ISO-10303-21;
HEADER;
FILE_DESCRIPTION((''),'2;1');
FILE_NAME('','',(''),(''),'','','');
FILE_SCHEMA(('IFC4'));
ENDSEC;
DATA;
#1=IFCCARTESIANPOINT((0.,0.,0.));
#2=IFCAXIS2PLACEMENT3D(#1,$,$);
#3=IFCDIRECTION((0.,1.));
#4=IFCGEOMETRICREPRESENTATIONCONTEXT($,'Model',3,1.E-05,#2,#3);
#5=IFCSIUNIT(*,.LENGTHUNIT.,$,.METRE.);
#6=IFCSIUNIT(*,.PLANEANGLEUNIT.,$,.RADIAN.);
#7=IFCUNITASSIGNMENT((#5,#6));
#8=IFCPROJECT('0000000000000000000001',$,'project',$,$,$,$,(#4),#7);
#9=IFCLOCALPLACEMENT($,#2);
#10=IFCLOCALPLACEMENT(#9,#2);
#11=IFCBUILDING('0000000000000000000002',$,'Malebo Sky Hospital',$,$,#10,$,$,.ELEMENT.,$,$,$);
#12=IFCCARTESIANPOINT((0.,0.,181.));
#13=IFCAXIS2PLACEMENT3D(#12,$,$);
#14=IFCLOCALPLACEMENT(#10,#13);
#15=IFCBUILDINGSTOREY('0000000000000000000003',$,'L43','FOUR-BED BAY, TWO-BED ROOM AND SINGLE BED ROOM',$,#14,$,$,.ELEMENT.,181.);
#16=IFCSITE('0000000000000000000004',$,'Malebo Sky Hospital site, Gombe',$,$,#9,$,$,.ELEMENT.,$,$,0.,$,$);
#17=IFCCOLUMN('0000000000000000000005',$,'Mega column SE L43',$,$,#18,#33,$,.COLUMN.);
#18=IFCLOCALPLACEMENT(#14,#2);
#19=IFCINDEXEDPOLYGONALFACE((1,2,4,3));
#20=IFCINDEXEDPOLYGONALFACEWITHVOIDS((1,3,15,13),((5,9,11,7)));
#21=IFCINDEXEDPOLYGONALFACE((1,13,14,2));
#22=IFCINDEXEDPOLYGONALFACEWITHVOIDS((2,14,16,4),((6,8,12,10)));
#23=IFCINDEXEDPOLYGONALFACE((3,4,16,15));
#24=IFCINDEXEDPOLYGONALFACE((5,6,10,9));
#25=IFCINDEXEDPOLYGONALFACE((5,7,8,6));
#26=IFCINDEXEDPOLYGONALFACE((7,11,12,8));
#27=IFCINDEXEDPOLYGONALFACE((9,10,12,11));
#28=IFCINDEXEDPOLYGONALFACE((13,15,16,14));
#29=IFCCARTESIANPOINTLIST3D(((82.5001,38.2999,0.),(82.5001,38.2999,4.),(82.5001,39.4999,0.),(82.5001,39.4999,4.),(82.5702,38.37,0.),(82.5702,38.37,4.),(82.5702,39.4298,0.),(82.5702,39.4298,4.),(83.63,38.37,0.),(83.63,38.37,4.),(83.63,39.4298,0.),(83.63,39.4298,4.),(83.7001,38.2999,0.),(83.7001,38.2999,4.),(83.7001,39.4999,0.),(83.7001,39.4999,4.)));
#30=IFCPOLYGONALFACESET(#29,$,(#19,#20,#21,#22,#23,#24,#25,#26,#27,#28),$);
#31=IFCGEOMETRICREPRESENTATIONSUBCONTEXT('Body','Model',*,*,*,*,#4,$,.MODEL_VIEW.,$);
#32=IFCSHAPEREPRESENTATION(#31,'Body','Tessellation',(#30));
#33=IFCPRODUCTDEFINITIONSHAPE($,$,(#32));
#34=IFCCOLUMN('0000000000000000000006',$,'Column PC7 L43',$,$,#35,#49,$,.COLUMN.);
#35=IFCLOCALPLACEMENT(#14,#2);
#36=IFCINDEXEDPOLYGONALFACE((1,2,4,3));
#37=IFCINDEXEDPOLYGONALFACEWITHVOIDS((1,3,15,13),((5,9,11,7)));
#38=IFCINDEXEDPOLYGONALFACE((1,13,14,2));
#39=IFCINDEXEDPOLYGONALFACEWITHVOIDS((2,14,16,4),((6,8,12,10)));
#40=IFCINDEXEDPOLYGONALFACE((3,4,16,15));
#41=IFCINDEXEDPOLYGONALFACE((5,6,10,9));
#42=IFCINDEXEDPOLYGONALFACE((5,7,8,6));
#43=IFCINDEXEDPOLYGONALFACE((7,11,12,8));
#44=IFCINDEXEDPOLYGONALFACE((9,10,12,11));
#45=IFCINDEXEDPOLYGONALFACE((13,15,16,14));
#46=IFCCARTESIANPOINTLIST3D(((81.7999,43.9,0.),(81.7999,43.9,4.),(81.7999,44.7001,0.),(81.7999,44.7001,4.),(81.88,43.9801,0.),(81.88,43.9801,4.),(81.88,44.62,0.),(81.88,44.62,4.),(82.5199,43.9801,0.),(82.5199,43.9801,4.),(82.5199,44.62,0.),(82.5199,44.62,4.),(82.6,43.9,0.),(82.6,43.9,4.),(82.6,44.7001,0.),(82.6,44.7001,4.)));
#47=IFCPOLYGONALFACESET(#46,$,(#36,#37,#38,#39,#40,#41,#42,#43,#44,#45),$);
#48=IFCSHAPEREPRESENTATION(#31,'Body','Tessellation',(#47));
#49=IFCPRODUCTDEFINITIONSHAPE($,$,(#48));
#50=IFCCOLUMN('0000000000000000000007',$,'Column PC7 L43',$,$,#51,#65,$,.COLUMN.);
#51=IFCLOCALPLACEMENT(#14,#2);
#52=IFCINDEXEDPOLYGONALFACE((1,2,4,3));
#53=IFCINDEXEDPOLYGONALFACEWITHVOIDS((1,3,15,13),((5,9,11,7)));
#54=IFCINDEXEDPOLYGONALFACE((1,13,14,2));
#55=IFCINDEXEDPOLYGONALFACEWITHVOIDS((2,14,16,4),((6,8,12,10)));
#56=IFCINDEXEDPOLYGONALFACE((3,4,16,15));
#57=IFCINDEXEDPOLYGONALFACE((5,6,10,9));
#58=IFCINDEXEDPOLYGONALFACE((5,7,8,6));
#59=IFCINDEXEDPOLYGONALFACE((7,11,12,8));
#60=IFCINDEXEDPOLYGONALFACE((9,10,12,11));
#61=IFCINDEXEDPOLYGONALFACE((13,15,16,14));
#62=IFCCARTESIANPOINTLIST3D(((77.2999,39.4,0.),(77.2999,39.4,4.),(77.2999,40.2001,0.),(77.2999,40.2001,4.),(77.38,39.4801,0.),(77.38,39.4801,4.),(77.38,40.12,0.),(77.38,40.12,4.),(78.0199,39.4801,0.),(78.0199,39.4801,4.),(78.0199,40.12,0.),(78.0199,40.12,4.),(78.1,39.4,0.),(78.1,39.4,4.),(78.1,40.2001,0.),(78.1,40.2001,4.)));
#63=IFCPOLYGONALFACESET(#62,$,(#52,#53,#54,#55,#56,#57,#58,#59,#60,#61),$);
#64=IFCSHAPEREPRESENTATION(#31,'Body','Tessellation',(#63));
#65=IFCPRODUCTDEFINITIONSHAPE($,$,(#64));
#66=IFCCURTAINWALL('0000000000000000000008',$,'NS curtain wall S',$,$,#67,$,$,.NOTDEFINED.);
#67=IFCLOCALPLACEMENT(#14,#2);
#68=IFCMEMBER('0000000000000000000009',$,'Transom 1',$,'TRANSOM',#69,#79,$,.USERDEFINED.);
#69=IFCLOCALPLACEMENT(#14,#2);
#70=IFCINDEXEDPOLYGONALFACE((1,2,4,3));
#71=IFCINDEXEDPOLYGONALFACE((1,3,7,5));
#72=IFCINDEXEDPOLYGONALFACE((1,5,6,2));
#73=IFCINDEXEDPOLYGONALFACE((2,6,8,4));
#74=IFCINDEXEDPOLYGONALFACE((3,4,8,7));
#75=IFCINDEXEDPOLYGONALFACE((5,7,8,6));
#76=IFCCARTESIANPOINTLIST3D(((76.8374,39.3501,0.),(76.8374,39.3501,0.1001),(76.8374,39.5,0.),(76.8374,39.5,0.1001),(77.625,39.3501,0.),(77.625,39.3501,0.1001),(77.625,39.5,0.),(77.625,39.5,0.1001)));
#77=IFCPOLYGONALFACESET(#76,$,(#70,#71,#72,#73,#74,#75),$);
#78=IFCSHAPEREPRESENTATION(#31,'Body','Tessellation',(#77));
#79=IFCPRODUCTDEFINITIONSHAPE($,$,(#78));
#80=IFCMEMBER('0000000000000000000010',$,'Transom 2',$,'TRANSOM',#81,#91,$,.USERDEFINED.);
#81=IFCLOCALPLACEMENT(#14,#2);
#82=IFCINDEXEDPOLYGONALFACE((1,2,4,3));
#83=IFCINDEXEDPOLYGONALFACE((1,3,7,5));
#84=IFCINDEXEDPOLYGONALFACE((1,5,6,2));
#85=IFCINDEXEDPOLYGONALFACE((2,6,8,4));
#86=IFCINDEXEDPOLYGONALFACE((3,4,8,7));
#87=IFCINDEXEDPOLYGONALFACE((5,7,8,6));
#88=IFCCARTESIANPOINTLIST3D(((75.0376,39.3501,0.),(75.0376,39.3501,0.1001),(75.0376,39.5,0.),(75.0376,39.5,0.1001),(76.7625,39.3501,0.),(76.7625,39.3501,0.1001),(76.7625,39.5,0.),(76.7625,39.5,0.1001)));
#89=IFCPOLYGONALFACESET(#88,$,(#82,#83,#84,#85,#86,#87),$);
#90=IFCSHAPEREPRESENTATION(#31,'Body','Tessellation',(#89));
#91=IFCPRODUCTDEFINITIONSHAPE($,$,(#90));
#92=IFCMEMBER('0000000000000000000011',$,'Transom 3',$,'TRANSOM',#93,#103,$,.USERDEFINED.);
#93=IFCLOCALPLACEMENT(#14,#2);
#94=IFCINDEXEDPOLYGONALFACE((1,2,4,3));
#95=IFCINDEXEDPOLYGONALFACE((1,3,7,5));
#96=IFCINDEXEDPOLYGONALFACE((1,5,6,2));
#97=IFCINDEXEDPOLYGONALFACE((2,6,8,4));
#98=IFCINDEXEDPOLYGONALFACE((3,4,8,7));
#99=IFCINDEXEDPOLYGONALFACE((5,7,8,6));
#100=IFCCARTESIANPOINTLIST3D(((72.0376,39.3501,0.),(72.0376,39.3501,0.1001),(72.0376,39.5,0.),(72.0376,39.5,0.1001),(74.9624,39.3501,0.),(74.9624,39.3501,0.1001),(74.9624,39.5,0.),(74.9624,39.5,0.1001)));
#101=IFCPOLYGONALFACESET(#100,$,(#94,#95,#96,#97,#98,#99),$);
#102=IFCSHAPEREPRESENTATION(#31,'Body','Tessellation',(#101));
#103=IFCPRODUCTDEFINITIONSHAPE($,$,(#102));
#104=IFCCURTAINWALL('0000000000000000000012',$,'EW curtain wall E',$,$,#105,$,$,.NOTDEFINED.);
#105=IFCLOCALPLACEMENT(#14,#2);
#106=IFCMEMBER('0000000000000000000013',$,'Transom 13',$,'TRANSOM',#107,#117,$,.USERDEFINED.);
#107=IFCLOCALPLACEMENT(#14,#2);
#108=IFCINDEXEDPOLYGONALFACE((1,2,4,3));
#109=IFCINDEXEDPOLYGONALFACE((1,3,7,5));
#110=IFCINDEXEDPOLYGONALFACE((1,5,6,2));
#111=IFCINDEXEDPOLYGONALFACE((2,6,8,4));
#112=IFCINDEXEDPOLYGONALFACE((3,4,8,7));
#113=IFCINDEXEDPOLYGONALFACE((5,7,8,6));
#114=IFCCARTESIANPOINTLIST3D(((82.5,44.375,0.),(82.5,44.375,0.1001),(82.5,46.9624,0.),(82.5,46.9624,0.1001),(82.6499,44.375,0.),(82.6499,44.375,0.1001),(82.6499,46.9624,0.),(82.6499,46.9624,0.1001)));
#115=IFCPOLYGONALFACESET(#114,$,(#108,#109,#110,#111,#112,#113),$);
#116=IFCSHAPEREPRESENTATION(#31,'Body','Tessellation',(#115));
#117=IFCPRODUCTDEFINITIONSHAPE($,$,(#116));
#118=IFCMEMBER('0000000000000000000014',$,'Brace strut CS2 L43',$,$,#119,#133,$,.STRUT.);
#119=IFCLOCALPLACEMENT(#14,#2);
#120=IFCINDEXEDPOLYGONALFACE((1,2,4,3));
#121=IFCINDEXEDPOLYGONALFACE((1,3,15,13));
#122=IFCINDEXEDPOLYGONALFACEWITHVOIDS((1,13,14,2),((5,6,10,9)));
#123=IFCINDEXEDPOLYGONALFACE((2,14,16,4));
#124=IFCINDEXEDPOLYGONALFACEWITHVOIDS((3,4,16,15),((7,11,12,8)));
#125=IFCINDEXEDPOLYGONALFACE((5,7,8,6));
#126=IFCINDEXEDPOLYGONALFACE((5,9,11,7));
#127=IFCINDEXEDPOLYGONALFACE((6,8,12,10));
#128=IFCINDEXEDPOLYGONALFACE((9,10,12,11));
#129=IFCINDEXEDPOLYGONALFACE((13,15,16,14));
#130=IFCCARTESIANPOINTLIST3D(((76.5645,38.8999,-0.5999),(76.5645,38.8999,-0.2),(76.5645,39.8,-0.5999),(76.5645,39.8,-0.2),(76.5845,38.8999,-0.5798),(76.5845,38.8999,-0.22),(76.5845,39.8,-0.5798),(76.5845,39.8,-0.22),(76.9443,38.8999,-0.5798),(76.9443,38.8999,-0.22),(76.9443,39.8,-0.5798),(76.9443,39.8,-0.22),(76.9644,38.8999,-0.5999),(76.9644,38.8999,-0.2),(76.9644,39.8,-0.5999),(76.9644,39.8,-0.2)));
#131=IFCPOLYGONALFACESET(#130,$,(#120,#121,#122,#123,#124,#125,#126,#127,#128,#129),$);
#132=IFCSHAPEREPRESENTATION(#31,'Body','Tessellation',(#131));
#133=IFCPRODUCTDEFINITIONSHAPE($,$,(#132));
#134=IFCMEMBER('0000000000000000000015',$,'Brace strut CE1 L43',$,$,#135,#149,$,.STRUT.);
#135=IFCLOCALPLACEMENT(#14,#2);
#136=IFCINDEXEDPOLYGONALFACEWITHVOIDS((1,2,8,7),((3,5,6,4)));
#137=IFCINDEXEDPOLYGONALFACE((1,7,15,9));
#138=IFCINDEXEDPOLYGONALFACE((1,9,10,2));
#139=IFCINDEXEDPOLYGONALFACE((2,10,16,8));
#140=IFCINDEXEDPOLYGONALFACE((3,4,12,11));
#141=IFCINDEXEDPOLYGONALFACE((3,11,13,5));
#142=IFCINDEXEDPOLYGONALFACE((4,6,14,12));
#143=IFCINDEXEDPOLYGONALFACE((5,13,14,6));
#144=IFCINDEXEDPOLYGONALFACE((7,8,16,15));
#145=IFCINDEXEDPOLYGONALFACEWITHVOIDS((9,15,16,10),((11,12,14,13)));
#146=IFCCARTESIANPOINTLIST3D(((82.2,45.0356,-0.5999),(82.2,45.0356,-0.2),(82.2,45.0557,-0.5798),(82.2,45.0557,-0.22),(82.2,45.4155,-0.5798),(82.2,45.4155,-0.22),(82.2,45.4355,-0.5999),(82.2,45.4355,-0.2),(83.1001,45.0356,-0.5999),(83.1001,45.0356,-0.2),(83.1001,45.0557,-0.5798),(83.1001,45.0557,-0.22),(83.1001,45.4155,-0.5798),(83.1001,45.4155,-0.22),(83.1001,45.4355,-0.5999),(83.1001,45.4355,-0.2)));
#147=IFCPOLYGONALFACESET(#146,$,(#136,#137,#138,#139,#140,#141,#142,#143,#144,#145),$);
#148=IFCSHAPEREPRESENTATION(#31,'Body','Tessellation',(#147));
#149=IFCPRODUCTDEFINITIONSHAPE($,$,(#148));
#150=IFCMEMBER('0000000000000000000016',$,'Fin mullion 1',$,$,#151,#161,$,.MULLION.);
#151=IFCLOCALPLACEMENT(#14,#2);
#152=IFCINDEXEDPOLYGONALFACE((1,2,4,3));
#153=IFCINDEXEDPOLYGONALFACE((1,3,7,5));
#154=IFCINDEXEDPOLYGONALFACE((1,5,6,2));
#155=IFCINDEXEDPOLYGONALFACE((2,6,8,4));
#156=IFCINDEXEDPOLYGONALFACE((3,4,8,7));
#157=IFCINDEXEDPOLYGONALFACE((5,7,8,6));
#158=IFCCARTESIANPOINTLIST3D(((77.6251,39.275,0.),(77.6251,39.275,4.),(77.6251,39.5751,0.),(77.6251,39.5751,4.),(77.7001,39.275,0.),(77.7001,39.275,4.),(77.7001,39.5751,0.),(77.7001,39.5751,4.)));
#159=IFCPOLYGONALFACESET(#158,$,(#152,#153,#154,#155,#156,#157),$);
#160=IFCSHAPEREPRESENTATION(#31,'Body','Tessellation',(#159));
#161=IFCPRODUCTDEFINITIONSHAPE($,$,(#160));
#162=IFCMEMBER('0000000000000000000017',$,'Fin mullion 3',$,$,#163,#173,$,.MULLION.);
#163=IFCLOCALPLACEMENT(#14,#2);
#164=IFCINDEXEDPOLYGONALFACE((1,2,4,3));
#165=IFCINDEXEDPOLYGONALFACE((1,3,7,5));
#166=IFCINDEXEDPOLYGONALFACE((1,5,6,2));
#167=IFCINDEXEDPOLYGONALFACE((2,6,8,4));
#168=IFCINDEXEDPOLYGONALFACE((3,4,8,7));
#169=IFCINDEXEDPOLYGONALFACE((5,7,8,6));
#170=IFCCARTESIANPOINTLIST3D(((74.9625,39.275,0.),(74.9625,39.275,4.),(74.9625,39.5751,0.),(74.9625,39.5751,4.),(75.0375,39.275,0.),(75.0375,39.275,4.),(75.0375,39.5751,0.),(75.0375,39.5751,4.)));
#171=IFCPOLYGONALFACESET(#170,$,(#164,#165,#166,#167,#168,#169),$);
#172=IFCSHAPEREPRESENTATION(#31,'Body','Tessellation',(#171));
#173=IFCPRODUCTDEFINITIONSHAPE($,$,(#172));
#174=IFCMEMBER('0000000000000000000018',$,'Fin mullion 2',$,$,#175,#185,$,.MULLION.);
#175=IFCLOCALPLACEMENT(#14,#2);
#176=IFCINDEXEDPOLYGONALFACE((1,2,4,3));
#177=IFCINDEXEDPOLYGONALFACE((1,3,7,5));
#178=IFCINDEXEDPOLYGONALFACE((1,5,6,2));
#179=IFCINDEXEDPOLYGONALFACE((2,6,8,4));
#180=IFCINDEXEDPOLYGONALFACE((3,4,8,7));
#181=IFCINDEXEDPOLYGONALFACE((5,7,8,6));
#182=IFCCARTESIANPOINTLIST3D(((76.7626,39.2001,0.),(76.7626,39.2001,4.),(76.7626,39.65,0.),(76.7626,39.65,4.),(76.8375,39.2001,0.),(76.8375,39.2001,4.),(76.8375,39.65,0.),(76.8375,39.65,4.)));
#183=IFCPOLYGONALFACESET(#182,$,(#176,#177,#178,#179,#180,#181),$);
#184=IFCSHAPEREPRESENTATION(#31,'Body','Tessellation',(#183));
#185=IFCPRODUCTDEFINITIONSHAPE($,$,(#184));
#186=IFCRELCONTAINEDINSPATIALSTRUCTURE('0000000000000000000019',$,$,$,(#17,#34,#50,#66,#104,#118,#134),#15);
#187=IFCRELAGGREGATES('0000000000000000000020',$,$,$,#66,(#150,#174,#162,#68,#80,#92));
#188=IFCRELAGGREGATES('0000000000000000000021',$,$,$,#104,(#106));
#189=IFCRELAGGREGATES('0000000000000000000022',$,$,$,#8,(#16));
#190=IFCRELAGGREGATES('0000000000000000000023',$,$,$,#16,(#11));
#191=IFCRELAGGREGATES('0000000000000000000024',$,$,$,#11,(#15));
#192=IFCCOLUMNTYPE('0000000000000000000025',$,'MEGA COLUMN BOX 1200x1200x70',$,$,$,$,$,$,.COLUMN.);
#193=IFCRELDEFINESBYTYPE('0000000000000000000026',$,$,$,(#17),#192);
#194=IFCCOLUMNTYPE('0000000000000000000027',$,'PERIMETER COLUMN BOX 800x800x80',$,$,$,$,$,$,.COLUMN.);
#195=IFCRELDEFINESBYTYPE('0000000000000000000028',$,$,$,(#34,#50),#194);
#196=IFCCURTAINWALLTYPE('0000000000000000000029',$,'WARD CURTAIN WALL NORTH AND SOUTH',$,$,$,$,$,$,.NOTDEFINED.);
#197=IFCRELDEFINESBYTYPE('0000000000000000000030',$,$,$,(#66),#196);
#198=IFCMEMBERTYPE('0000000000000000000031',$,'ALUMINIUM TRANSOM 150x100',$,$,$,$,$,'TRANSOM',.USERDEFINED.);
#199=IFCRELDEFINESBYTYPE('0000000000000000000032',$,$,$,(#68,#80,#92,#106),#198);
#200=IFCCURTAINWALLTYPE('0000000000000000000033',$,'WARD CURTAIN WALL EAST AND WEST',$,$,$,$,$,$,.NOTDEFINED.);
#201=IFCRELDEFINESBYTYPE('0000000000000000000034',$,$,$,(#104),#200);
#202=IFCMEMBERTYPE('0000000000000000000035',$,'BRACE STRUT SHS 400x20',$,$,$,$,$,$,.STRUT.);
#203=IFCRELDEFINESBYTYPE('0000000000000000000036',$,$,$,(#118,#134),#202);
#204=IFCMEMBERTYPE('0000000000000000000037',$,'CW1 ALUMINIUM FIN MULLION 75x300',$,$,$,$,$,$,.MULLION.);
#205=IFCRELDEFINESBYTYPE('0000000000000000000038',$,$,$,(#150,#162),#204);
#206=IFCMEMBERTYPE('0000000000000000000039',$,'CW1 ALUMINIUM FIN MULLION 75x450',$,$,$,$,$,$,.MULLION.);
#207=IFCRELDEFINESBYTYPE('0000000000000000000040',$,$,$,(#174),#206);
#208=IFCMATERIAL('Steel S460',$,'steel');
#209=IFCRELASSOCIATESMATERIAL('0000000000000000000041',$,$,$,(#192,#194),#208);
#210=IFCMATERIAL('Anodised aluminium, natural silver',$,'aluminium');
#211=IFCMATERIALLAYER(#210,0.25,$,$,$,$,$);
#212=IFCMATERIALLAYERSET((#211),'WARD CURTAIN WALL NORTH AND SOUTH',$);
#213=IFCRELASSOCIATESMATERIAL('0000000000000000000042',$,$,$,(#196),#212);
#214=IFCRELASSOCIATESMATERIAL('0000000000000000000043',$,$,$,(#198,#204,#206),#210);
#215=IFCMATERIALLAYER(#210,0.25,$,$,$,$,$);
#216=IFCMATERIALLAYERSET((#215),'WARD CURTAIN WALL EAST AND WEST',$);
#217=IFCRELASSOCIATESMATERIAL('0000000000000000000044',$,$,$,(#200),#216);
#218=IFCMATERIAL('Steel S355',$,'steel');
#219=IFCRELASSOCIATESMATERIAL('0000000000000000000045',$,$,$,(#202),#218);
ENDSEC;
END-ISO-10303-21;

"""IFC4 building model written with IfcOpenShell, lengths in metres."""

from ifc_helpers import new_model, si_unit, direction, frame, origin, origin_2d, place, context, subcontext, project, spatial, rectangle, hollow_rectangle, extrude, material, layer, layer_set, material_profile, profile_set, type_object, element, aggregate, save


model = new_model("IFC4")

# Units and contexts
model_context = context("Model", 3, precision=1e-05, world=origin(), true_north=direction((0.0, 1.0)))
body_context = subcontext(model_context, "Body", "Model", "MODEL_VIEW")
ifc_project = project(units=[si_unit("LENGTHUNIT", "METRE"), si_unit("PLANEANGLEUNIT", "RADIAN")], contexts=[model_context])

# Site, building, storey
site_placement = place(None, origin())
site = spatial("IfcSite", under=ifc_project, at=site_placement, Name="Malebo Sky Hospital site, Gombe", CompositionType="ELEMENT", RefElevation=0.0)
building_placement = place(site_placement, origin())
building = spatial("IfcBuilding", under=site, at=building_placement, Name="Malebo Sky Hospital", CompositionType="ELEMENT")
storey_placement = place(building_placement, frame((0.0, 0.0, 181.0)))
storey = spatial("IfcBuildingStorey", under=building, at=storey_placement, Name="L43", Description="FOUR-BED BAY, TWO-BED ROOM AND SINGLE BED ROOM", CompositionType="ELEMENT", Elevation=181.0)

# Columns
ifc_material_1 = material(Name="Steel S460", Category="steel")
ifc_material_profile_1 = material_profile(ifc_material_1, hollow_rectangle(XDim=1.2, YDim=1.2, WallThickness=0.0701, at=origin_2d()), Name="BOX 1200x1200x70")
ifc_profile_set_1 = profile_set([ifc_material_profile_1], Name="Steel S460")
column_type_1 = type_object("IfcColumnType", Name="MEGA COLUMN BOX 1200x1200x70", PredefinedType="COLUMN", material=ifc_profile_set_1)
column_placement = place(storey_placement, frame((83.1001, 38.8999, 0.0), z_axis=(0.0, 0.0, 1.0), x_axis=(1.0, 0.0, 0.0)))
element("IfcColumn", 1, at=column_placement, inside=storey, type_object=column_type_1, Name="Mega column SE L43", PredefinedType="COLUMN", context=body_context, shape_type="SweptSolid", body=[
    extrude(hollow_rectangle(XDim=1.2, YDim=1.2, WallThickness=0.0701, at=origin_2d()), origin(), (0.0, 0.0, 1.0), 4.0),
])
ifc_material_profile_2 = material_profile(ifc_material_1, hollow_rectangle(XDim=0.8, YDim=0.8, WallThickness=0.0801, at=origin_2d()), Name="BOX 800x800x80")
ifc_profile_set_2 = profile_set([ifc_material_profile_2], Name="Steel S460")
column_type_2 = type_object("IfcColumnType", Name="PERIMETER COLUMN BOX 800x800x80", PredefinedType="COLUMN", material=ifc_profile_set_2)
for number, where, z_axis, x_axis, name in (
    (2, (82.2, 44.3, 0.0), (0.0, 0.0, 1.0), (1.0, 0.0, 0.0), "Column PC7 L43"),
    (3, (77.7, 39.8, 0.0), (0.0, 0.0, 1.0), (1.0, 0.0, 0.0), "Column PC7 L43"),
):
    element("IfcColumn", number, at=place(storey_placement, frame(where, z_axis=z_axis, x_axis=x_axis)), inside=storey, type_object=column_type_2, Name=name, PredefinedType="COLUMN", context=body_context, shape_type="SweptSolid", body=[
        extrude(hollow_rectangle(XDim=0.8, YDim=0.8, WallThickness=0.0801, at=origin_2d()), origin(), (0.0, 0.0, 1.0), 4.0),
    ])

# Curtain wall, members
ifc_material_2 = material(Name="Anodised aluminium, natural silver", Category="aluminium")
ifc_layer_1 = layer(ifc_material_2, 0.25)
ifc_layer_set_1 = layer_set([ifc_layer_1], Name="WARD CURTAIN WALL NORTH AND SOUTH")
curtain_wall_type_1 = type_object("IfcCurtainWallType", Name="WARD CURTAIN WALL NORTH AND SOUTH", PredefinedType="NOTDEFINED", material=ifc_layer_set_1)
curtain_wall_1_placement = place(storey_placement, origin())
curtain_wall_1 = element("IfcCurtainWall", 4, at=curtain_wall_1_placement, inside=storey, type_object=curtain_wall_type_1, Name="NS curtain wall S", PredefinedType="NOTDEFINED")
ifc_material_profile_3 = material_profile(ifc_material_2, rectangle(XDim=0.1499, YDim=0.1001, at=origin_2d()), Name="ALUMINIUM TRANSOM 150x100")
ifc_profile_set_3 = profile_set([ifc_material_profile_3], Name="Anodised aluminium, natural silver")
member_type_1 = type_object("IfcMemberType", Name="ALUMINIUM TRANSOM 150x100", ElementType="TRANSOM", PredefinedType="USERDEFINED", material=ifc_profile_set_3)
member_1_placement = place(storey_placement, frame((77.625, 39.425, 0.05), z_axis=(-1.0, 0.0, 0.0), x_axis=(0.0, -1.0, 0.0)))
member_1 = element("IfcMember", 5, at=member_1_placement, type_object=member_type_1, Name="Transom 1", ObjectType="TRANSOM", PredefinedType="USERDEFINED", context=body_context, shape_type="SweptSolid", body=[
    extrude(rectangle(XDim=0.1499, YDim=0.1001, at=origin_2d()), origin(), (0.0, 0.0, 1.0), 0.7876),
])
member_2_placement = place(storey_placement, frame((76.7625, 39.425, 0.05), z_axis=(-1.0, 0.0, 0.0), x_axis=(0.0, -1.0, 0.0)))
member_2 = element("IfcMember", 6, at=member_2_placement, type_object=member_type_1, Name="Transom 2", ObjectType="TRANSOM", PredefinedType="USERDEFINED", context=body_context, shape_type="SweptSolid", body=[
    extrude(rectangle(XDim=0.1499, YDim=0.1001, at=origin_2d()), origin(), (0.0, 0.0, 1.0), 1.7249),
])
member_3_placement = place(storey_placement, frame((74.9624, 39.425, 0.05), z_axis=(-1.0, 0.0, 0.0), x_axis=(0.0, -1.0, 0.0)))
member_3 = element("IfcMember", 7, at=member_3_placement, type_object=member_type_1, Name="Transom 3", ObjectType="TRANSOM", PredefinedType="USERDEFINED", context=body_context, shape_type="SweptSolid", body=[
    extrude(rectangle(XDim=0.1499, YDim=0.1001, at=origin_2d()), origin(), (0.0, 0.0, 1.0), 2.9248),
])

# Curtain wall, member
ifc_layer_2 = layer(ifc_material_2, 0.25)
ifc_layer_set_2 = layer_set([ifc_layer_2], Name="WARD CURTAIN WALL EAST AND WEST")
curtain_wall_type_2 = type_object("IfcCurtainWallType", Name="WARD CURTAIN WALL EAST AND WEST", PredefinedType="NOTDEFINED", material=ifc_layer_set_2)
curtain_wall_2_placement = place(storey_placement, origin())
curtain_wall_2 = element("IfcCurtainWall", 8, at=curtain_wall_2_placement, inside=storey, type_object=curtain_wall_type_2, Name="EW curtain wall E", PredefinedType="NOTDEFINED")
member_4_placement = place(storey_placement, frame((82.575, 46.9624, 0.05), z_axis=(0.0, -1.0, 0.0), x_axis=(1.0, 0.0, 0.0)))
member_4 = element("IfcMember", 9, at=member_4_placement, type_object=member_type_1, Name="Transom 13", ObjectType="TRANSOM", PredefinedType="USERDEFINED", context=body_context, shape_type="SweptSolid", body=[
    extrude(rectangle(XDim=0.1499, YDim=0.1001, at=origin_2d()), origin(), (0.0, 0.0, 1.0), 2.5874),
])

# Members
ifc_material_3 = material(Name="Steel S355", Category="steel")
ifc_material_profile_4 = material_profile(ifc_material_3, hollow_rectangle(XDim=0.3999, YDim=0.3999, WallThickness=0.02, at=origin_2d()), Name="SHS 400x20")
ifc_profile_set_4 = profile_set([ifc_material_profile_4], Name="Steel S355")
member_type_2 = type_object("IfcMemberType", Name="BRACE STRUT SHS 400x20", PredefinedType="STRUT", material=ifc_profile_set_4)
for number, where, z_axis, x_axis, name in (
    (10, (76.7644, 38.8999, -0.3999), (0.0, 1.0, 0.0), (-1.0, 0.0, 0.0), "Brace strut CS2 L43"),
    (11, (83.1001, 45.2356, -0.3999), (-1.0, 0.0, 0.0), (0.0, -1.0, 0.0), "Brace strut CE1 L43"),
):
    element("IfcMember", number, at=place(storey_placement, frame(where, z_axis=z_axis, x_axis=x_axis)), inside=storey, type_object=member_type_2, Name=name, PredefinedType="STRUT", context=body_context, shape_type="SweptSolid", body=[
        extrude(hollow_rectangle(XDim=0.3999, YDim=0.3999, WallThickness=0.02, at=origin_2d()), origin(), (0.0, 0.0, 1.0), 0.9001),
    ])

# Members
ifc_material_profile_5 = material_profile(ifc_material_2, rectangle(XDim=0.075, YDim=0.3, at=origin_2d()), Name="CW1 ALUMINIUM FIN MULLION 75x300")
ifc_profile_set_5 = profile_set([ifc_material_profile_5], Name="Anodised aluminium, natural silver")
member_type_3 = type_object("IfcMemberType", Name="CW1 ALUMINIUM FIN MULLION 75x300", PredefinedType="MULLION", material=ifc_profile_set_5)
member_5_placement = place(storey_placement, frame((77.6626, 39.425, 0.0), z_axis=(0.0, 0.0, 1.0), x_axis=(-1.0, 0.0, 0.0)))
member_5 = element("IfcMember", 12, at=member_5_placement, type_object=member_type_3, Name="Fin mullion 1", PredefinedType="MULLION", context=body_context, shape_type="SweptSolid", body=[
    extrude(rectangle(XDim=0.075, YDim=0.3, at=origin_2d()), origin(), (0.0, 0.0, 1.0), 4.0),
])
member_6_placement = place(storey_placement, frame((75.0, 39.425, 0.0), z_axis=(0.0, 0.0, 1.0), x_axis=(-1.0, 0.0, 0.0)))
member_6 = element("IfcMember", 13, at=member_6_placement, type_object=member_type_3, Name="Fin mullion 3", PredefinedType="MULLION", context=body_context, shape_type="SweptSolid", body=[
    extrude(rectangle(XDim=0.075, YDim=0.3, at=origin_2d()), origin(), (0.0, 0.0, 1.0), 4.0),
])
ifc_material_profile_6 = material_profile(ifc_material_2, rectangle(XDim=0.075, YDim=0.45, at=origin_2d()), Name="CW1 ALUMINIUM FIN MULLION 75x450")
ifc_profile_set_6 = profile_set([ifc_material_profile_6], Name="Anodised aluminium, natural silver")
member_type_4 = type_object("IfcMemberType", Name="CW1 ALUMINIUM FIN MULLION 75x450", PredefinedType="MULLION", material=ifc_profile_set_6)
member_7_placement = place(storey_placement, frame((76.8, 39.425, 0.0), z_axis=(0.0, 0.0, 1.0), x_axis=(-1.0, 0.0, 0.0)))
member_7 = element("IfcMember", 14, at=member_7_placement, type_object=member_type_4, Name="Fin mullion 2", PredefinedType="MULLION", context=body_context, shape_type="SweptSolid", body=[
    extrude(rectangle(XDim=0.075, YDim=0.45, at=origin_2d()), origin(), (0.0, 0.0, 1.0), 4.0),
])

aggregate(curtain_wall_1, [member_5, member_7, member_6, member_1, member_2, member_3])
aggregate(curtain_wall_2, [member_4])

save(model, "model.ifc")
